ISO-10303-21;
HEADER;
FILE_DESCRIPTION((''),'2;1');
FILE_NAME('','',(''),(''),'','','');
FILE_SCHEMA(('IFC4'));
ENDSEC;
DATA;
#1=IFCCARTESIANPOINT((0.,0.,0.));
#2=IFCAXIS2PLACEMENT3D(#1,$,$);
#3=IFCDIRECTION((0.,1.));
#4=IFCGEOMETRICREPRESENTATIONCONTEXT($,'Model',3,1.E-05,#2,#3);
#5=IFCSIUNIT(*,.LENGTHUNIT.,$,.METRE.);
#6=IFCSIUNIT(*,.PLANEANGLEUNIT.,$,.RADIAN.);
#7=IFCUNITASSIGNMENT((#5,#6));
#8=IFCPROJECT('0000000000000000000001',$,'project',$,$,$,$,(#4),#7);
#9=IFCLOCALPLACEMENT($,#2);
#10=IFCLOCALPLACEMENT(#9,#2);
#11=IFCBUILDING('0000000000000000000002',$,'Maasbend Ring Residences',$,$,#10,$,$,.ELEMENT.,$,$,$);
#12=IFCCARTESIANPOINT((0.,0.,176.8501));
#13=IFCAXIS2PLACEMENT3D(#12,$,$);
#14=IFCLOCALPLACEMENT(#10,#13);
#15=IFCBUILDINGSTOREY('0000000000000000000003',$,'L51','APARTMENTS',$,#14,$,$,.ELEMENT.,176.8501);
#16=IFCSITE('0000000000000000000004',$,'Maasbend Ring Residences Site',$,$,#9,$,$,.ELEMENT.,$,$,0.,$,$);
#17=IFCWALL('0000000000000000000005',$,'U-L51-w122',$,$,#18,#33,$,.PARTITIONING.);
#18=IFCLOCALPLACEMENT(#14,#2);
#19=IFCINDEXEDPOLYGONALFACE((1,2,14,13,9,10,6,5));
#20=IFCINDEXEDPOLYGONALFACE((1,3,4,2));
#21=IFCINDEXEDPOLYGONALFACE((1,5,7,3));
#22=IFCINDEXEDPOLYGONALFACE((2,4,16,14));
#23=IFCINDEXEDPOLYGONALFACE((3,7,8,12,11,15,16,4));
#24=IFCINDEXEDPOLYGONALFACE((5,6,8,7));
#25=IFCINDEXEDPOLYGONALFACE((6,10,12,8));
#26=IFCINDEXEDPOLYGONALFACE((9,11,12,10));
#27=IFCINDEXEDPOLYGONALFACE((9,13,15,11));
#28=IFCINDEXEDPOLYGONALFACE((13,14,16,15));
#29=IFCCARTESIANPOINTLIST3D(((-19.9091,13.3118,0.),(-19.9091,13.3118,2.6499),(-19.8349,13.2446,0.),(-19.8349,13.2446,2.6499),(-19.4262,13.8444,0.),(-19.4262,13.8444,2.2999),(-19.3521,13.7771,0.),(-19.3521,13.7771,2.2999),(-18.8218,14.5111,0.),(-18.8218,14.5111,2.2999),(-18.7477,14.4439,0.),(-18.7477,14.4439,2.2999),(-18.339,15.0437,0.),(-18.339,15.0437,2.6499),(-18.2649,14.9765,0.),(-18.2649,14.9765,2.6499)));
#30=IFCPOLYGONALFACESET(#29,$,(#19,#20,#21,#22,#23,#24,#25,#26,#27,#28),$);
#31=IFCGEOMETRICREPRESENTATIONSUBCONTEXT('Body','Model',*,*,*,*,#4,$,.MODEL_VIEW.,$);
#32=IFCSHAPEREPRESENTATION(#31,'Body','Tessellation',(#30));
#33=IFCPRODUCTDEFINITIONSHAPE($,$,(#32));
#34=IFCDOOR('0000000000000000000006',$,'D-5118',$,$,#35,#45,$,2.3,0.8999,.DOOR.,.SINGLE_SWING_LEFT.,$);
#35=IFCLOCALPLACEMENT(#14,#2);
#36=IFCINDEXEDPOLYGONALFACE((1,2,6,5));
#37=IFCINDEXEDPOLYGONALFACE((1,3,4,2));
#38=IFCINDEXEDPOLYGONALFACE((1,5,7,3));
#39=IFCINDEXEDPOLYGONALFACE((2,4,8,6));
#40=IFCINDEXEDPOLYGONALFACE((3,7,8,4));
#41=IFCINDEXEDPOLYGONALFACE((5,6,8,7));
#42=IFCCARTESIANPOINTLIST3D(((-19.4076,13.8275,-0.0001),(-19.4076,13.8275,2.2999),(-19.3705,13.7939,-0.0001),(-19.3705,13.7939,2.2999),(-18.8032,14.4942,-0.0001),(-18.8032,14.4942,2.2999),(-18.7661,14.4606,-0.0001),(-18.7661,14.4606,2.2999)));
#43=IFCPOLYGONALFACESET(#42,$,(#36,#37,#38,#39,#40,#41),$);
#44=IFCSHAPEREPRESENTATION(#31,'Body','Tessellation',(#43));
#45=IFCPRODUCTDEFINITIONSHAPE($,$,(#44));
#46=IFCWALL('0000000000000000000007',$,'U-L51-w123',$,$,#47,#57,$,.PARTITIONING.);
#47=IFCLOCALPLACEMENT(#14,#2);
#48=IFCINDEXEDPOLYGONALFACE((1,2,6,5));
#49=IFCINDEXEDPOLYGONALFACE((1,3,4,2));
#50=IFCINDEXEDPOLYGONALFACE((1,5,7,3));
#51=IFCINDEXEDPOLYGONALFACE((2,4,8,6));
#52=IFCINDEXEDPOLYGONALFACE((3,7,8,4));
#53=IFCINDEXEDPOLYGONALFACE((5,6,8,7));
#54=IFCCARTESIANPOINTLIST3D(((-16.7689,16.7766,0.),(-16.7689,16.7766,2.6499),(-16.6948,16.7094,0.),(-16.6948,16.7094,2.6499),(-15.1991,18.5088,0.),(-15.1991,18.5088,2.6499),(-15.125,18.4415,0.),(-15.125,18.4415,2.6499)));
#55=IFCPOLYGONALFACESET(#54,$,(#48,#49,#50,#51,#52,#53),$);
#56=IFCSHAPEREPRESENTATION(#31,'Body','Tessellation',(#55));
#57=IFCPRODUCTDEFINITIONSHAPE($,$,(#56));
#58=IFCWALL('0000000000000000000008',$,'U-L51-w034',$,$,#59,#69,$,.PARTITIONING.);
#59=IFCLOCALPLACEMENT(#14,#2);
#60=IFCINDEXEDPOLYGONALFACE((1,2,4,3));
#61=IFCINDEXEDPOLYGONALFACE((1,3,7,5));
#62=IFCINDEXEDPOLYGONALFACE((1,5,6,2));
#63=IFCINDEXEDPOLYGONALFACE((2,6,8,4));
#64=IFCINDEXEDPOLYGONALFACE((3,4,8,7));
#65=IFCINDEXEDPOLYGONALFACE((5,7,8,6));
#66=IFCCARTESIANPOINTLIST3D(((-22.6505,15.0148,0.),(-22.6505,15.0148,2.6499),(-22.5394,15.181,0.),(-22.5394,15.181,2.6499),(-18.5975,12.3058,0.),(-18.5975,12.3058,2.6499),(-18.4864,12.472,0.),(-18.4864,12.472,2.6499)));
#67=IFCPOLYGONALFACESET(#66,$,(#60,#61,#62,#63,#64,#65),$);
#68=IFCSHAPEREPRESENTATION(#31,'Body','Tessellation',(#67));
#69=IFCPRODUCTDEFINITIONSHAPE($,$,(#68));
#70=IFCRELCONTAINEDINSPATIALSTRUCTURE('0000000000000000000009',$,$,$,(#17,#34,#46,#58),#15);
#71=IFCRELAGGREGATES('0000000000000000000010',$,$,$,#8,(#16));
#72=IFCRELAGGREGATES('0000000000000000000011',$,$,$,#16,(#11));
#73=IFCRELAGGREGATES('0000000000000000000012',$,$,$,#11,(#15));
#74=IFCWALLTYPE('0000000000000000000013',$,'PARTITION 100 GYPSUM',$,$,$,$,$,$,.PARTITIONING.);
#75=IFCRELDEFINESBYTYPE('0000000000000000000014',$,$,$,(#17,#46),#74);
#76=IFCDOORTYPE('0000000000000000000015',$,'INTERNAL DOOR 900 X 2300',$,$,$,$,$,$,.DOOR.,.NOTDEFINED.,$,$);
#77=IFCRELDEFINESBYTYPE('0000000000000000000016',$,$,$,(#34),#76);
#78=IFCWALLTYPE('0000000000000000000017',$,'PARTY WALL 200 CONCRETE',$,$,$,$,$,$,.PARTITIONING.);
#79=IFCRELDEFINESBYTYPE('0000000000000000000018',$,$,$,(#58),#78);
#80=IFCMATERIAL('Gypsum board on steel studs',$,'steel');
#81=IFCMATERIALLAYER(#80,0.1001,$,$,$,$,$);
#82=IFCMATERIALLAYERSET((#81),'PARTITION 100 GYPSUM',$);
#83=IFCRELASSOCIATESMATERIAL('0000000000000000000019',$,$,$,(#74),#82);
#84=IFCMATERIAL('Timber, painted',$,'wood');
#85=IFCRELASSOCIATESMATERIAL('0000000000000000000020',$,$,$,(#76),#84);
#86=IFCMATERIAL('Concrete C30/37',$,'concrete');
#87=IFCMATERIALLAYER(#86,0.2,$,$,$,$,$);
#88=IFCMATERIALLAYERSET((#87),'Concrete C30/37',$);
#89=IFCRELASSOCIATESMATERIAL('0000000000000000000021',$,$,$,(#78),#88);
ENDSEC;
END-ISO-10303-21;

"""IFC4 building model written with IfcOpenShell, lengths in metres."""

from ifc_helpers import new_model, si_unit, direction, frame, frame_2d, origin, place, context, subcontext, project, spatial, rectangle, extrude, material, layer, layer_set, type_object, element, fill, save


model = new_model("IFC4")

# Units and contexts
model_context = context("Model", 3, precision=1e-05, world=origin(), true_north=direction((0.0, 1.0)))
body_context = subcontext(model_context, "Body", "Model", "MODEL_VIEW")
ifc_project = project(units=[si_unit("LENGTHUNIT", "METRE"), si_unit("PLANEANGLEUNIT", "RADIAN")], contexts=[model_context])

# Site, building, storey
site_placement = place(None, origin())
site = spatial("IfcSite", under=ifc_project, at=site_placement, Name="Maasbend Ring Residences Site", CompositionType="ELEMENT", RefElevation=0.0)
building_placement = place(site_placement, origin())
building = spatial("IfcBuilding", under=site, at=building_placement, Name="Maasbend Ring Residences", CompositionType="ELEMENT")
storey_placement = place(building_placement, frame((0.0, 0.0, 176.8501)))
storey = spatial("IfcBuildingStorey", under=building, at=storey_placement, Name="L51", Description="APARTMENTS", CompositionType="ELEMENT", Elevation=176.8501)

# Shared definitions
ifc_material_1 = material(Name="Gypsum board on steel studs", Category="steel")
ifc_layer_1 = layer(ifc_material_1, 0.1001)
ifc_layer_set_1 = layer_set([ifc_layer_1], Name="PARTITION 100 GYPSUM")
wall_type_1 = type_object("IfcWallType", Name="PARTITION 100 GYPSUM", PredefinedType="PARTITIONING", material=ifc_layer_set_1)
ifc_material_2 = material(Name="Timber, painted", Category="wood")
door_type_1 = type_object("IfcDoorType", Name="INTERNAL DOOR 900 X 2300", OperationType="NOTDEFINED", PredefinedType="DOOR", material=ifc_material_2)

# Wall, opening, door
wall_1_placement = place(storey_placement, frame((-19.8721, 13.2781, 0.0), z_axis=(0.0, 0.0, 1.0), x_axis=(0.671638, 0.74088, 0.0)))
wall_1 = element("IfcWall", 1, at=wall_1_placement, inside=storey, type_object=wall_type_1, Name="U-L51-w122", PredefinedType="PARTITIONING", context=body_context, shape_type="SweptSolid", body=[
    extrude(rectangle(XDim=2.3376, YDim=0.1001, at=frame_2d((1.1689, 0.0))), origin(), (0.0, 0.0, 1.0), 2.6499),
])
opening_1_placement = place(wall_1_placement, frame((0.719, 0.0, 0.0)))
opening_1 = element("IfcOpeningElement", 2, at=opening_1_placement, cuts=wall_1, PredefinedType="OPENING", context=body_context, shape_type="SweptSolid", body=[
    extrude(rectangle(XDim=0.8999, YDim=2.3, at=frame_2d((0.45, 1.1499))), frame((0.0, 0.0601, 0.0), z_axis=(0.0, -1.0, 0.0), x_axis=(1.0, 0.0, 0.0)), (0.0, 0.0, 1.0), 0.1201),
])
door_1_placement = place(opening_1_placement, origin())
door_1 = element("IfcDoor", 3, at=door_1_placement, inside=storey, type_object=door_type_1, Name="D-5118", OperationType="SINGLE_SWING_LEFT", OverallHeight=2.3, OverallWidth=0.8999, PredefinedType="DOOR", context=body_context, shape_type="SweptSolid", body=[
    extrude(rectangle(XDim=0.8999, YDim=2.3, at=frame_2d((0.45, 1.1499))), frame((0.0, 0.0249, 0.0), z_axis=(0.0, -1.0, 0.0), x_axis=(1.0, 0.0, 0.0)), (0.0, 0.0, 1.0), 0.05),
])
fill(opening_1, door_1)

# Walls
wall_2_placement = place(storey_placement, frame((-16.7319, 16.7429, 0.0), z_axis=(0.0, 0.0, 1.0), x_axis=(0.671528, 0.740979, 0.0)))
element("IfcWall", 4, at=wall_2_placement, inside=storey, type_object=wall_type_1, Name="U-L51-w123", PredefinedType="PARTITIONING", context=body_context, shape_type="SweptSolid", body=[
    extrude(rectangle(XDim=2.3376, YDim=0.1001, at=frame_2d((1.1689, 0.0))), origin(), (0.0, 0.0, 1.0), 2.6499),
])
ifc_material_3 = material(Name="Concrete C30/37", Category="concrete")
ifc_layer_2 = layer(ifc_material_3, 0.2)
ifc_layer_set_2 = layer_set([ifc_layer_2], Name="Concrete C30/37")
wall_type_2 = type_object("IfcWallType", Name="PARTY WALL 200 CONCRETE", PredefinedType="PARTITIONING", material=ifc_layer_set_2)
wall_3_placement = place(storey_placement, frame((-22.595, 15.0979, 0.0), z_axis=(0.0, 0.0, 1.0), x_axis=(0.831387, -0.555694, 0.0)))
element("IfcWall", 5, at=wall_3_placement, inside=storey, type_object=wall_type_2, Name="U-L51-w034", PredefinedType="PARTITIONING", context=body_context, shape_type="SweptSolid", body=[
    extrude(rectangle(XDim=4.875, YDim=0.2, at=frame_2d((2.4375, 0.0))), origin(), (0.0, 0.0, 1.0), 2.6499),
])

save(model, "model.ifc")
